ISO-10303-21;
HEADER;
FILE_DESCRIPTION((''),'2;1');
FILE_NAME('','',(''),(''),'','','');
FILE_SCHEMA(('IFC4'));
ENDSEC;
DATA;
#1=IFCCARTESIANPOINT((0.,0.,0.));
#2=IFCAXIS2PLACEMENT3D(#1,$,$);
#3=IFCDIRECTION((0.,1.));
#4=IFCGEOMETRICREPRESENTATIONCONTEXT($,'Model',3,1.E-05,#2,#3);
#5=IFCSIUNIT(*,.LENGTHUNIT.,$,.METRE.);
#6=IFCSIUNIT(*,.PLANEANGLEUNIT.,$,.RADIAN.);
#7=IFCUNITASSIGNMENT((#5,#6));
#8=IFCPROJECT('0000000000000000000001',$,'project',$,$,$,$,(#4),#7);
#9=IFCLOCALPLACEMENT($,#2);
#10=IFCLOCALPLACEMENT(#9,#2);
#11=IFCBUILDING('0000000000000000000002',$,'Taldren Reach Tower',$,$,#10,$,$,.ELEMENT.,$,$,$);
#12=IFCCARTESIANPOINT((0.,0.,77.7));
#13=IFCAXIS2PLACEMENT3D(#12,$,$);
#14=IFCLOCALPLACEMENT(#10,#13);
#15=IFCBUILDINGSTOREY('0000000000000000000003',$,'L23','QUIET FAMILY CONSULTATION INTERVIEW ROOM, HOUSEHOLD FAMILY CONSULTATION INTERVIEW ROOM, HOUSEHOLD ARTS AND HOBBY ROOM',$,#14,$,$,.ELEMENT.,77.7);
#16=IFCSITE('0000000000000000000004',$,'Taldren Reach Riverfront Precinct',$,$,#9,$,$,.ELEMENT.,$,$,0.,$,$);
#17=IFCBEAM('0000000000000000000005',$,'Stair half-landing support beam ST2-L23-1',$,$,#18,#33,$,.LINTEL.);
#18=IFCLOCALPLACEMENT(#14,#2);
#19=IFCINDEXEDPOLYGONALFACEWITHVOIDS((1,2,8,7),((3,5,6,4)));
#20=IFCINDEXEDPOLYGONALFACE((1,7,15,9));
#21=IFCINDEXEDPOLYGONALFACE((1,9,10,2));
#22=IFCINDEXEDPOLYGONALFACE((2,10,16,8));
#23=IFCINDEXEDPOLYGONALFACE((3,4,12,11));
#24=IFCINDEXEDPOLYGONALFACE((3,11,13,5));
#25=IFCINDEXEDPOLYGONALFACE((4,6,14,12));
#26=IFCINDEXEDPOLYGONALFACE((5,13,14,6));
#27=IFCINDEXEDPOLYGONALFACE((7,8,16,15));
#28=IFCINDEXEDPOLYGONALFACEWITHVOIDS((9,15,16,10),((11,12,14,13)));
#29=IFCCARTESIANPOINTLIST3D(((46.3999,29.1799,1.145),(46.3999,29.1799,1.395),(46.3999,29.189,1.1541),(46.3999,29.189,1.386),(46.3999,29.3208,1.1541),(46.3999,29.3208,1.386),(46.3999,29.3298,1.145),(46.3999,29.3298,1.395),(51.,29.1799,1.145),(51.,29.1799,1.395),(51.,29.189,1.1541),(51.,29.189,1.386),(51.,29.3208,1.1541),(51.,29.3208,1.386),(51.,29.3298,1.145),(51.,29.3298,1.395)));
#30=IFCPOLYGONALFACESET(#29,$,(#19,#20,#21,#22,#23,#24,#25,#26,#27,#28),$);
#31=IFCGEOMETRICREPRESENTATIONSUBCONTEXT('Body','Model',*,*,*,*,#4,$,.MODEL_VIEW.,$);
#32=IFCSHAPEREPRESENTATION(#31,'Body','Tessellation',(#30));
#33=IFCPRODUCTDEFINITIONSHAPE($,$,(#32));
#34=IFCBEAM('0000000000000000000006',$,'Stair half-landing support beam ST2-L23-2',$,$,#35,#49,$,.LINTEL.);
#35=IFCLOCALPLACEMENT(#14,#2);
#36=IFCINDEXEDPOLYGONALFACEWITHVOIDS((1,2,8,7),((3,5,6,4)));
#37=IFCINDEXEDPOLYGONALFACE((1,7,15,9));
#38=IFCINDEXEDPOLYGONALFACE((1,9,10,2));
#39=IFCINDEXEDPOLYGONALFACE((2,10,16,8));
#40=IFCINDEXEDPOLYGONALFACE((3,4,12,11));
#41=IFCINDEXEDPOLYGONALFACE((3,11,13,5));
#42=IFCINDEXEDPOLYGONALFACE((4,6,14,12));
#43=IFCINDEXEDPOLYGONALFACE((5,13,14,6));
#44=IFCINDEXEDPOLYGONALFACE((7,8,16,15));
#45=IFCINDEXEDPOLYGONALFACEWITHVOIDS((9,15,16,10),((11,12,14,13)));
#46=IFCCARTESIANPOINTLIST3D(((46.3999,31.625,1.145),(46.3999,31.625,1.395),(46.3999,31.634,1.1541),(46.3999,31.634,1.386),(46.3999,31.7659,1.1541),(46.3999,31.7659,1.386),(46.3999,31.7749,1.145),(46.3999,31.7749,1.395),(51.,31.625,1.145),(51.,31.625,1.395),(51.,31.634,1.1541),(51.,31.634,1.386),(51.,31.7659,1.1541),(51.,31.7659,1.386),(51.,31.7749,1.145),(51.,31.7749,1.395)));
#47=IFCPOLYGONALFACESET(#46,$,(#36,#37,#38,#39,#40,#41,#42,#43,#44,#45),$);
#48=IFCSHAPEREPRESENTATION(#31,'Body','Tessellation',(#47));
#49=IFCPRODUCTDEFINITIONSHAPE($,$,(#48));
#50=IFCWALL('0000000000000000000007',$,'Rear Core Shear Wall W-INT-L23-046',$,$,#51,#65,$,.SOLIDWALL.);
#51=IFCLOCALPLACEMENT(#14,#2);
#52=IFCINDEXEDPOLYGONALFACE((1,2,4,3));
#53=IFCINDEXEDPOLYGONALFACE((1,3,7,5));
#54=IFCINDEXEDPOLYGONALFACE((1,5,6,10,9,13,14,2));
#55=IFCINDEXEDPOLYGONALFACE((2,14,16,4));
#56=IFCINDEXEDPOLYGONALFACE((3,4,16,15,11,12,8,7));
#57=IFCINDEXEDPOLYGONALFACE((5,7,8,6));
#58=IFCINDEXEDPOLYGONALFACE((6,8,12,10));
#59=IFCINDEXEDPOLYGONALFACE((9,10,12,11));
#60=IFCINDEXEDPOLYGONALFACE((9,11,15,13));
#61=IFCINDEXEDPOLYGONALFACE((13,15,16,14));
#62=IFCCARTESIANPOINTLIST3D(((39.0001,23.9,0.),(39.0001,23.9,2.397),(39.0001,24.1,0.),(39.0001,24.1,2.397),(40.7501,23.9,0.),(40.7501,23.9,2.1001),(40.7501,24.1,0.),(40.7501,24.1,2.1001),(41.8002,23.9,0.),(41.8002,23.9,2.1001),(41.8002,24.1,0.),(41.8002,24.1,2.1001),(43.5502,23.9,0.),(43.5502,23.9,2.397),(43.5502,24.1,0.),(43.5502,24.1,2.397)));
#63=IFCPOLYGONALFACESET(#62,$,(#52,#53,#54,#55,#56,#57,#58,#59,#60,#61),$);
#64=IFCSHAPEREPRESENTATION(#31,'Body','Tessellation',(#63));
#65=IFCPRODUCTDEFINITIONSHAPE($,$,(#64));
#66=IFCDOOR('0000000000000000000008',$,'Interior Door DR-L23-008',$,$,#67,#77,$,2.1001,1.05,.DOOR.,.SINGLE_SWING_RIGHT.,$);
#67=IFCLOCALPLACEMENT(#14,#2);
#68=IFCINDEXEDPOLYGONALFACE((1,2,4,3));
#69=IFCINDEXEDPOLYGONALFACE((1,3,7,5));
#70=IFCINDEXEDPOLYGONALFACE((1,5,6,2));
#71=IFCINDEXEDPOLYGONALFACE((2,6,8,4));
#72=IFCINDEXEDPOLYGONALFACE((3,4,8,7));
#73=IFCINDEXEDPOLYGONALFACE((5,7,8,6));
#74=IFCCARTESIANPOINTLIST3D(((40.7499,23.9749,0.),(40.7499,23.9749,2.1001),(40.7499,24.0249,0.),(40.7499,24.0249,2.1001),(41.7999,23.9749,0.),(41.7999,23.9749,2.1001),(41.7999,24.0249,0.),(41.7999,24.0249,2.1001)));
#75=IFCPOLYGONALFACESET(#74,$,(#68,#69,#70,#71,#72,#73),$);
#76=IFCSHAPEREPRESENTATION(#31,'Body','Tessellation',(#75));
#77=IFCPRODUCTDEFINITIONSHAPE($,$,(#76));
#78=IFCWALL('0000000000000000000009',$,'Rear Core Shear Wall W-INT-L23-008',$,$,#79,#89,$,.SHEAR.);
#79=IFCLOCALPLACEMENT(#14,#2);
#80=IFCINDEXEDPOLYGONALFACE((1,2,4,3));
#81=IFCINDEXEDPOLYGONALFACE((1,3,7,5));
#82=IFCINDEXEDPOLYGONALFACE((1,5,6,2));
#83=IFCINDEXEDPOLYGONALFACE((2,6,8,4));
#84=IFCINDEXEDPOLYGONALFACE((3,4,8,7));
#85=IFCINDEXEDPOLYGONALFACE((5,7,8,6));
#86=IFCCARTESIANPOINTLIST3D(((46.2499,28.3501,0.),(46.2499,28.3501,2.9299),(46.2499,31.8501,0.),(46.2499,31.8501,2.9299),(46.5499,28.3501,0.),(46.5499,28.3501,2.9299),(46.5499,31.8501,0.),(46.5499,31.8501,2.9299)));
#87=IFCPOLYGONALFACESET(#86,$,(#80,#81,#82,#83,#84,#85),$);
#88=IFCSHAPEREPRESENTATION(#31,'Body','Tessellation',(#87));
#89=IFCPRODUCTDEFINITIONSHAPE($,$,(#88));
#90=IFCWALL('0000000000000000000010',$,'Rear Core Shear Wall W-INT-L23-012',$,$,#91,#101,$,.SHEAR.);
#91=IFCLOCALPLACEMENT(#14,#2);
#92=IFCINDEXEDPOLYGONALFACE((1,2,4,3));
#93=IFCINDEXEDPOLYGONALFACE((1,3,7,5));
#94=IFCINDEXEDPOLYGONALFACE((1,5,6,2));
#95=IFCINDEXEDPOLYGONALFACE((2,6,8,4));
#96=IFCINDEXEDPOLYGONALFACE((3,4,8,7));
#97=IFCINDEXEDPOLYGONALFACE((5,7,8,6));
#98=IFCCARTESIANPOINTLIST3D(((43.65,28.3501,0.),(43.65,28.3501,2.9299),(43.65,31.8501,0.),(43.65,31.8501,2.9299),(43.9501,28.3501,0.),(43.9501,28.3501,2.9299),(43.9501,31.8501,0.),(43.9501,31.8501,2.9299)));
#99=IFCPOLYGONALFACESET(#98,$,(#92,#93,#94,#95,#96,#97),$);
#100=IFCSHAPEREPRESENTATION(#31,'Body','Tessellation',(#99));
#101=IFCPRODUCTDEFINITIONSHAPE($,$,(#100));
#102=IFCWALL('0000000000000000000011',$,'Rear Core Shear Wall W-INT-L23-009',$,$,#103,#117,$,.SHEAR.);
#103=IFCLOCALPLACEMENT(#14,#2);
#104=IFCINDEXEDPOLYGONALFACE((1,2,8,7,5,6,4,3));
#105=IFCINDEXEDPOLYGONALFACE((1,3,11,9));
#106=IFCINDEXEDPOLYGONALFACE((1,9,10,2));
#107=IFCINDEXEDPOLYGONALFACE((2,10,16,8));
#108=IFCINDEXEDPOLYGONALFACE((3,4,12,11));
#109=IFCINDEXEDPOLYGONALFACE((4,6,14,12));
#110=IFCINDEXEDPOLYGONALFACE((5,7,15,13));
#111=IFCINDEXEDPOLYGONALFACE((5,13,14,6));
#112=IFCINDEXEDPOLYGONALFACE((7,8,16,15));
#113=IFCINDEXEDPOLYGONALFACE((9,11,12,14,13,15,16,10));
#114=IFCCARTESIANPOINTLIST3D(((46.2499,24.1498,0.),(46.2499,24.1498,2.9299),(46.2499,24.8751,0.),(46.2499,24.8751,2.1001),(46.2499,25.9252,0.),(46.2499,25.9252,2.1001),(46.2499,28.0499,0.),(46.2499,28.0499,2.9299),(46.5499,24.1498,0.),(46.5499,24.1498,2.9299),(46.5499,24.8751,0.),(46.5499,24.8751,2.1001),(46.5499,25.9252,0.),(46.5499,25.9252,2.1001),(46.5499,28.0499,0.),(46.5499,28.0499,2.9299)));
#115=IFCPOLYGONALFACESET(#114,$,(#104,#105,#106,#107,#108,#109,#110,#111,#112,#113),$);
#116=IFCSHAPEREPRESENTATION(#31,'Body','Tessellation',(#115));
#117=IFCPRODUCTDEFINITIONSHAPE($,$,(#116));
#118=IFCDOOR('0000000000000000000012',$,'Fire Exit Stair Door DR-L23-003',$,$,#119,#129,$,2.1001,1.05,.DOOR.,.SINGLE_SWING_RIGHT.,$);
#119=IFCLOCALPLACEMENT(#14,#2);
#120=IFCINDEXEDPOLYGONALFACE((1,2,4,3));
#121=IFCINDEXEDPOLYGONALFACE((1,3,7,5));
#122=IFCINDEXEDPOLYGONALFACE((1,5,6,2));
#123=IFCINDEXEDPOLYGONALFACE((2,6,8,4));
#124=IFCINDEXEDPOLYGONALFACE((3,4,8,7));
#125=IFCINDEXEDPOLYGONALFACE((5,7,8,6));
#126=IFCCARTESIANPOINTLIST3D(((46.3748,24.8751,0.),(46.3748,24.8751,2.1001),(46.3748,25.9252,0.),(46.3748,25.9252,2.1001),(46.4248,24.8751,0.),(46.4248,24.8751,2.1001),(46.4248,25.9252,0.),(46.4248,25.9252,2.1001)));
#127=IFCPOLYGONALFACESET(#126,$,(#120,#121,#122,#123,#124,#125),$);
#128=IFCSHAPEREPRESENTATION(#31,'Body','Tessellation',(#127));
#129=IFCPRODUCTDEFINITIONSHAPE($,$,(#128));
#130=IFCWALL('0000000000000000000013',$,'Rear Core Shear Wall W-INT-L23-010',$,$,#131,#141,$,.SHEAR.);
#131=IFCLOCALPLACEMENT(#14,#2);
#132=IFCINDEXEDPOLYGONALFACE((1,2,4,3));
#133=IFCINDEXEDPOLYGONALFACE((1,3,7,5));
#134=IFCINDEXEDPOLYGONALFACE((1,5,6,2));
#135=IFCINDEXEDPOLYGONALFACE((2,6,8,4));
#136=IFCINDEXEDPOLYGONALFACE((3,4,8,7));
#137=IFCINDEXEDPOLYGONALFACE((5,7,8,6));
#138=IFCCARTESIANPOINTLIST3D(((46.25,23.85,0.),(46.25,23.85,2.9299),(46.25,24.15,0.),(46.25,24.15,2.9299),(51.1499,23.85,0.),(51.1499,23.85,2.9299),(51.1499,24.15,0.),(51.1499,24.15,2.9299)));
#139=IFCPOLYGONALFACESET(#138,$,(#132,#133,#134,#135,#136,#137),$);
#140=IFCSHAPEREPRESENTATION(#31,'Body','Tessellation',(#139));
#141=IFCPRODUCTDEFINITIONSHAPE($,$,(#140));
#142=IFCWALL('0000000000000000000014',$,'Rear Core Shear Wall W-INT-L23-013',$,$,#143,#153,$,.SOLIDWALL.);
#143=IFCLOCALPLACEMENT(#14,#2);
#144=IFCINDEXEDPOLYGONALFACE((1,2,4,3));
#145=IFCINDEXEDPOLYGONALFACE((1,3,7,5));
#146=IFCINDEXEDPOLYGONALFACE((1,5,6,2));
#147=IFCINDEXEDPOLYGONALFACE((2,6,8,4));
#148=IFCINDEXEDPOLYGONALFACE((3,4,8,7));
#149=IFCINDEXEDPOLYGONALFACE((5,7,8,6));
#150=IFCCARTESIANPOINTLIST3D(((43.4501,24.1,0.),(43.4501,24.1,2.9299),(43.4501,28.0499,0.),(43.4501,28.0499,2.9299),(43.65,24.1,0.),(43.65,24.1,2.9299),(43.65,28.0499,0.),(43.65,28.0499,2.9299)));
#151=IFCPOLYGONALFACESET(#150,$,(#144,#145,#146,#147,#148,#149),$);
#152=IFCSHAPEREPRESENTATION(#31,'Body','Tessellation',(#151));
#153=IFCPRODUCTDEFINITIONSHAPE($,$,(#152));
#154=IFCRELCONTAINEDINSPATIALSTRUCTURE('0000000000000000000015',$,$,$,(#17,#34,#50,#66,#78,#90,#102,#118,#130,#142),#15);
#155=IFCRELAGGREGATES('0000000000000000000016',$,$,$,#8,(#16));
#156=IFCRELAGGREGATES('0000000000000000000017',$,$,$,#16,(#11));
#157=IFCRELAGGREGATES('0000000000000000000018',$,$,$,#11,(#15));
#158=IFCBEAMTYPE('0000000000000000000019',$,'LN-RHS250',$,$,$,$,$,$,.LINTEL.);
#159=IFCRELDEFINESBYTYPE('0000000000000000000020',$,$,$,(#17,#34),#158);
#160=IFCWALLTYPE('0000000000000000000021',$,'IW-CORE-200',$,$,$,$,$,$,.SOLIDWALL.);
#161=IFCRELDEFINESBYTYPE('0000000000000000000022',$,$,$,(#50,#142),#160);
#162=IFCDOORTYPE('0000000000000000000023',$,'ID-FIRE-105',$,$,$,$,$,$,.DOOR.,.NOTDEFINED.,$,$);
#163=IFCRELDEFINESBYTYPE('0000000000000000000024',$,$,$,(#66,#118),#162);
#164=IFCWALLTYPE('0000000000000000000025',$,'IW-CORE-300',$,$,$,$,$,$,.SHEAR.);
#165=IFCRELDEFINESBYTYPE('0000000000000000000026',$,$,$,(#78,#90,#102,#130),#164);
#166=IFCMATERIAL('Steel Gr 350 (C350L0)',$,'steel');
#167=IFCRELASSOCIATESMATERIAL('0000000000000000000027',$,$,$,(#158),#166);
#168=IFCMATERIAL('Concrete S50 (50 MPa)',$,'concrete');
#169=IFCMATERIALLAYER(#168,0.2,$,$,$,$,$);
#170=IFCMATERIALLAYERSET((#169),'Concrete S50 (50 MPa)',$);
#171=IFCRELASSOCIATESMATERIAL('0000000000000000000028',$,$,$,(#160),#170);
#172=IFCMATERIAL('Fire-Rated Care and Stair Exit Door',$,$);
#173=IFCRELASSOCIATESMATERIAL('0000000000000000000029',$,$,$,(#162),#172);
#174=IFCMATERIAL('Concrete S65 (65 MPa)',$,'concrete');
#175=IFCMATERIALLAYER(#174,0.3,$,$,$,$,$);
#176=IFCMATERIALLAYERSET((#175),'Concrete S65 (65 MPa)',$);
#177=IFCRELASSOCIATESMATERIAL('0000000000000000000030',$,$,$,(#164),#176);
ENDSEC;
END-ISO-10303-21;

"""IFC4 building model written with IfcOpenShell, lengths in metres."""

from ifc_helpers import new_model, si_unit, direction, frame, frame_2d, origin, origin_2d, place, context, subcontext, project, spatial, rectangle, hollow_rectangle, extrude, source, transform, mapped, material, layer, layer_set, material_profile, profile_set, type_object, element, fill, save


model = new_model("IFC4")

# Units and contexts
model_context = context("Model", 3, precision=1e-05, world=origin(), true_north=direction((0.0, 1.0)))
body_context = subcontext(model_context, "Body", "Model", "MODEL_VIEW")
ifc_project = project(units=[si_unit("LENGTHUNIT", "METRE"), si_unit("PLANEANGLEUNIT", "RADIAN")], contexts=[model_context])

# Site, building, storey
site_placement = place(None, origin())
site = spatial("IfcSite", under=ifc_project, at=site_placement, Name="Taldren Reach Riverfront Precinct", CompositionType="ELEMENT", RefElevation=0.0)
building_placement = place(site_placement, origin())
building = spatial("IfcBuilding", under=site, at=building_placement, Name="Taldren Reach Tower", CompositionType="ELEMENT")
storey_placement = place(building_placement, frame((0.0, 0.0, 77.7)))
storey = spatial("IfcBuildingStorey", under=building, at=storey_placement, Name="L23", Description="QUIET FAMILY CONSULTATION INTERVIEW ROOM, HOUSEHOLD FAMILY CONSULTATION INTERVIEW ROOM, HOUSEHOLD ARTS AND HOBBY ROOM", CompositionType="ELEMENT", Elevation=77.7)

# Beams
ifc_material_1 = material(Name="Steel Gr 350 (C350L0)", Category="steel")
ifc_material_profile = material_profile(ifc_material_1, hollow_rectangle(XDim=0.1499, YDim=0.25, WallThickness=0.009, at=origin_2d()), Name="250x150x9.0RHS")
ifc_profile_set = profile_set([ifc_material_profile], Name="Steel Gr 350 (C350L0)")
beam_type = type_object("IfcBeamType", Name="LN-RHS250", PredefinedType="LINTEL", material=ifc_profile_set)
shared_shape_1 = source(origin(), body_context, "Body", "SweptSolid", [
    extrude(hollow_rectangle(XDim=0.1499, YDim=0.25, WallThickness=0.009, at=origin_2d()), origin(), (0.0, 0.0, 1.0), 4.6001),
])
for number, where, z_axis, x_axis, name in (
    (1, (46.3999, 29.2549, 1.27), (1.0, 0.0, 0.0), (0.0, 1.0, 0.0), "Stair half-landing support beam ST2-L23-1"),
    (2, (46.3999, 31.7, 1.27), (1.0, 0.0, 0.0), (0.0, 1.0, 0.0), "Stair half-landing support beam ST2-L23-2"),
):
    element("IfcBeam", number, at=place(storey_placement, frame(where, z_axis=z_axis, x_axis=x_axis)), inside=storey, type_object=beam_type, Name=name, PredefinedType="LINTEL", context=body_context, shape_type="MappedRepresentation", body=[
        mapped(shared_shape_1, transform((0.0, 0.0, 0.0), scale=1.0)),
    ])

# Wall, opening, door
ifc_material_2 = material(Name="Concrete S50 (50 MPa)", Category="concrete")
ifc_layer_1 = layer(ifc_material_2, 0.2)
ifc_layer_set_1 = layer_set([ifc_layer_1], Name="Concrete S50 (50 MPa)")
wall_type_1 = type_object("IfcWallType", Name="IW-CORE-200", PredefinedType="SOLIDWALL", material=ifc_layer_set_1)
shared_shape_2 = source(origin(), body_context, "Body", "SweptSolid", [
    extrude(rectangle(XDim=4.55, YDim=0.2, at=frame_2d((2.2749, 0.0))), origin(), (0.0, 0.0, 1.0), 2.397),
])
wall_1_placement = place(storey_placement, frame((43.55, 24.0, 0.0), z_axis=(0.0, 0.0, 1.0), x_axis=(-1.0, 0.0, 0.0)))
wall_1 = element("IfcWall", 3, at=wall_1_placement, inside=storey, type_object=wall_type_1, Name="Rear Core Shear Wall W-INT-L23-046", PredefinedType="SOLIDWALL", context=body_context, shape_type="MappedRepresentation", body=[
    mapped(shared_shape_2, transform((0.0, 0.0, 0.0), scale=1.0)),
])
shared_shape_3 = source(origin(), body_context, "Body", "SweptSolid", [
    extrude(rectangle(XDim=1.05, YDim=2.1001, at=frame_2d((0.5249, 1.05))), frame((0.0, 0.1099, 0.0), z_axis=(0.0, -1.0, 0.0), x_axis=(1.0, 0.0, 0.0)), (0.0, 0.0, 1.0), 0.22),
])
opening_1_placement = place(wall_1_placement, frame((1.75, 0.0, 0.0)))
opening_1 = element("IfcOpeningElement", 4, at=opening_1_placement, cuts=wall_1, PredefinedType="OPENING", context=body_context, shape_type="MappedRepresentation", body=[
    mapped(shared_shape_3, transform((0.0, 0.0, 0.0), scale=1.0)),
])
ifc_material_3 = material(Name="Fire-Rated Care and Stair Exit Door")
door_type_1 = type_object("IfcDoorType", Name="ID-FIRE-105", OperationType="NOTDEFINED", PredefinedType="DOOR", material=ifc_material_3)
shared_shape_4 = source(origin(), body_context, "Body", "SweptSolid", [
    extrude(rectangle(XDim=1.05, YDim=2.1001, at=frame_2d((0.5249, 1.05))), frame((0.0, 0.0249, 0.0), z_axis=(0.0, -1.0, 0.0), x_axis=(1.0, 0.0, 0.0)), (0.0, 0.0, 1.0), 0.05),
])
door_1_placement = place(opening_1_placement, frame((1.05, 0.0, 0.0), z_axis=(0.0, 0.0, 1.0), x_axis=(-1.0, 0.0, 0.0)))
door_1 = element("IfcDoor", 5, at=door_1_placement, inside=storey, type_object=door_type_1, Name="Interior Door DR-L23-008", OperationType="SINGLE_SWING_RIGHT", OverallHeight=2.1001, OverallWidth=1.05, PredefinedType="DOOR", context=body_context, shape_type="MappedRepresentation", body=[
    mapped(shared_shape_4, transform((0.0, 0.0, 0.0), scale=1.0)),
])
fill(opening_1, door_1)

# Walls
ifc_material_4 = material(Name="Concrete S65 (65 MPa)", Category="concrete")
ifc_layer_2 = layer(ifc_material_4, 0.3)
ifc_layer_set_2 = layer_set([ifc_layer_2], Name="Concrete S65 (65 MPa)")
wall_type_2 = type_object("IfcWallType", Name="IW-CORE-300", PredefinedType="SHEAR", material=ifc_layer_set_2)
shared_shape_5 = source(origin(), body_context, "Body", "SweptSolid", [
    extrude(rectangle(XDim=3.5, YDim=0.3, at=frame_2d((1.75, 0.0))), origin(), (0.0, 0.0, 1.0), 2.9299),
])
for number, where, z_axis, x_axis, name in (
    (6, (46.3999, 31.8501, 0.0), (0.0, 0.0, 1.0), (0.0, -1.0, 0.0), "Rear Core Shear Wall W-INT-L23-008"),
    (7, (43.8, 31.8501, 0.0), (0.0, 0.0, 1.0), (0.0, -1.0, 0.0), "Rear Core Shear Wall W-INT-L23-012"),
):
    element("IfcWall", number, at=place(storey_placement, frame(where, z_axis=z_axis, x_axis=x_axis)), inside=storey, type_object=wall_type_2, Name=name, PredefinedType="SHEAR", context=body_context, shape_type="MappedRepresentation", body=[
        mapped(shared_shape_5, transform((0.0, 0.0, 0.0), scale=1.0)),
    ])

# Wall, opening, door
shared_shape_6 = source(origin(), body_context, "Body", "SweptSolid", [
    extrude(rectangle(XDim=3.9001, YDim=0.3, at=frame_2d((1.9502, 0.0))), origin(), (0.0, 0.0, 1.0), 2.9299),
])
wall_2_placement = place(storey_placement, frame((46.3999, 28.05, 0.0), z_axis=(0.0, 0.0, 1.0), x_axis=(0.0, -1.0, 0.0)))
wall_2 = element("IfcWall", 8, at=wall_2_placement, inside=storey, type_object=wall_type_2, Name="Rear Core Shear Wall W-INT-L23-009", PredefinedType="SHEAR", context=body_context, shape_type="MappedRepresentation", body=[
    mapped(shared_shape_6, transform((0.0, 0.0, 0.0), scale=1.0)),
])
shared_shape_7 = source(origin(), body_context, "Body", "SweptSolid", [
    extrude(rectangle(XDim=1.05, YDim=2.1001, at=frame_2d((0.5249, 1.05))), frame((0.0, 0.1602, 0.0), z_axis=(0.0, -1.0, 0.0), x_axis=(1.0, 0.0, 0.0)), (0.0, 0.0, 1.0), 0.3201),
])
opening_2_placement = place(wall_2_placement, frame((2.125, 0.0, 0.0)))
opening_2 = element("IfcOpeningElement", 9, at=opening_2_placement, cuts=wall_2, PredefinedType="OPENING", context=body_context, shape_type="MappedRepresentation", body=[
    mapped(shared_shape_7, transform((0.0, 0.0, 0.0), scale=1.0)),
])
door_2_placement = place(opening_2_placement, origin())
door_2 = element("IfcDoor", 10, at=door_2_placement, inside=storey, type_object=door_type_1, Name="Fire Exit Stair Door DR-L23-003", OperationType="SINGLE_SWING_RIGHT", OverallHeight=2.1001, OverallWidth=1.05, PredefinedType="DOOR", context=body_context, shape_type="MappedRepresentation", body=[
    mapped(shared_shape_4, transform((0.0, 0.0, 0.0), scale=1.0)),
])
fill(opening_2, door_2)

# Wall
shared_shape_8 = source(origin(), body_context, "Body", "SweptSolid", [
    extrude(rectangle(XDim=4.8999, YDim=0.3, at=frame_2d((2.45, 0.0))), origin(), (0.0, 0.0, 1.0), 2.9299),
])
wall_3_placement = place(storey_placement, frame((46.25, 24.0, 0.0), z_axis=(0.0, 0.0, 1.0), x_axis=(1.0, 0.0, 0.0)))
element("IfcWall", 11, at=wall_3_placement, inside=storey, type_object=wall_type_2, Name="Rear Core Shear Wall W-INT-L23-010", PredefinedType="SHEAR", context=body_context, shape_type="MappedRepresentation", body=[
    mapped(shared_shape_8, transform((0.0, 0.0, 0.0), scale=1.0)),
])

# Wall
shared_shape_9 = source(origin(), body_context, "Body", "SweptSolid", [
    extrude(rectangle(XDim=3.95, YDim=0.2, at=frame_2d((1.9751, 0.0))), origin(), (0.0, 0.0, 1.0), 2.9299),
])
wall_4_placement = place(storey_placement, frame((43.55, 28.05, 0.0), z_axis=(0.0, 0.0, 1.0), x_axis=(0.0, -1.0, 0.0)))
element("IfcWall", 12, at=wall_4_placement, inside=storey, type_object=wall_type_1, Name="Rear Core Shear Wall W-INT-L23-013", PredefinedType="SOLIDWALL", context=body_context, shape_type="MappedRepresentation", body=[
    mapped(shared_shape_9, transform((0.0, 0.0, 0.0), scale=1.0)),
])

save(model, "model.ifc")
